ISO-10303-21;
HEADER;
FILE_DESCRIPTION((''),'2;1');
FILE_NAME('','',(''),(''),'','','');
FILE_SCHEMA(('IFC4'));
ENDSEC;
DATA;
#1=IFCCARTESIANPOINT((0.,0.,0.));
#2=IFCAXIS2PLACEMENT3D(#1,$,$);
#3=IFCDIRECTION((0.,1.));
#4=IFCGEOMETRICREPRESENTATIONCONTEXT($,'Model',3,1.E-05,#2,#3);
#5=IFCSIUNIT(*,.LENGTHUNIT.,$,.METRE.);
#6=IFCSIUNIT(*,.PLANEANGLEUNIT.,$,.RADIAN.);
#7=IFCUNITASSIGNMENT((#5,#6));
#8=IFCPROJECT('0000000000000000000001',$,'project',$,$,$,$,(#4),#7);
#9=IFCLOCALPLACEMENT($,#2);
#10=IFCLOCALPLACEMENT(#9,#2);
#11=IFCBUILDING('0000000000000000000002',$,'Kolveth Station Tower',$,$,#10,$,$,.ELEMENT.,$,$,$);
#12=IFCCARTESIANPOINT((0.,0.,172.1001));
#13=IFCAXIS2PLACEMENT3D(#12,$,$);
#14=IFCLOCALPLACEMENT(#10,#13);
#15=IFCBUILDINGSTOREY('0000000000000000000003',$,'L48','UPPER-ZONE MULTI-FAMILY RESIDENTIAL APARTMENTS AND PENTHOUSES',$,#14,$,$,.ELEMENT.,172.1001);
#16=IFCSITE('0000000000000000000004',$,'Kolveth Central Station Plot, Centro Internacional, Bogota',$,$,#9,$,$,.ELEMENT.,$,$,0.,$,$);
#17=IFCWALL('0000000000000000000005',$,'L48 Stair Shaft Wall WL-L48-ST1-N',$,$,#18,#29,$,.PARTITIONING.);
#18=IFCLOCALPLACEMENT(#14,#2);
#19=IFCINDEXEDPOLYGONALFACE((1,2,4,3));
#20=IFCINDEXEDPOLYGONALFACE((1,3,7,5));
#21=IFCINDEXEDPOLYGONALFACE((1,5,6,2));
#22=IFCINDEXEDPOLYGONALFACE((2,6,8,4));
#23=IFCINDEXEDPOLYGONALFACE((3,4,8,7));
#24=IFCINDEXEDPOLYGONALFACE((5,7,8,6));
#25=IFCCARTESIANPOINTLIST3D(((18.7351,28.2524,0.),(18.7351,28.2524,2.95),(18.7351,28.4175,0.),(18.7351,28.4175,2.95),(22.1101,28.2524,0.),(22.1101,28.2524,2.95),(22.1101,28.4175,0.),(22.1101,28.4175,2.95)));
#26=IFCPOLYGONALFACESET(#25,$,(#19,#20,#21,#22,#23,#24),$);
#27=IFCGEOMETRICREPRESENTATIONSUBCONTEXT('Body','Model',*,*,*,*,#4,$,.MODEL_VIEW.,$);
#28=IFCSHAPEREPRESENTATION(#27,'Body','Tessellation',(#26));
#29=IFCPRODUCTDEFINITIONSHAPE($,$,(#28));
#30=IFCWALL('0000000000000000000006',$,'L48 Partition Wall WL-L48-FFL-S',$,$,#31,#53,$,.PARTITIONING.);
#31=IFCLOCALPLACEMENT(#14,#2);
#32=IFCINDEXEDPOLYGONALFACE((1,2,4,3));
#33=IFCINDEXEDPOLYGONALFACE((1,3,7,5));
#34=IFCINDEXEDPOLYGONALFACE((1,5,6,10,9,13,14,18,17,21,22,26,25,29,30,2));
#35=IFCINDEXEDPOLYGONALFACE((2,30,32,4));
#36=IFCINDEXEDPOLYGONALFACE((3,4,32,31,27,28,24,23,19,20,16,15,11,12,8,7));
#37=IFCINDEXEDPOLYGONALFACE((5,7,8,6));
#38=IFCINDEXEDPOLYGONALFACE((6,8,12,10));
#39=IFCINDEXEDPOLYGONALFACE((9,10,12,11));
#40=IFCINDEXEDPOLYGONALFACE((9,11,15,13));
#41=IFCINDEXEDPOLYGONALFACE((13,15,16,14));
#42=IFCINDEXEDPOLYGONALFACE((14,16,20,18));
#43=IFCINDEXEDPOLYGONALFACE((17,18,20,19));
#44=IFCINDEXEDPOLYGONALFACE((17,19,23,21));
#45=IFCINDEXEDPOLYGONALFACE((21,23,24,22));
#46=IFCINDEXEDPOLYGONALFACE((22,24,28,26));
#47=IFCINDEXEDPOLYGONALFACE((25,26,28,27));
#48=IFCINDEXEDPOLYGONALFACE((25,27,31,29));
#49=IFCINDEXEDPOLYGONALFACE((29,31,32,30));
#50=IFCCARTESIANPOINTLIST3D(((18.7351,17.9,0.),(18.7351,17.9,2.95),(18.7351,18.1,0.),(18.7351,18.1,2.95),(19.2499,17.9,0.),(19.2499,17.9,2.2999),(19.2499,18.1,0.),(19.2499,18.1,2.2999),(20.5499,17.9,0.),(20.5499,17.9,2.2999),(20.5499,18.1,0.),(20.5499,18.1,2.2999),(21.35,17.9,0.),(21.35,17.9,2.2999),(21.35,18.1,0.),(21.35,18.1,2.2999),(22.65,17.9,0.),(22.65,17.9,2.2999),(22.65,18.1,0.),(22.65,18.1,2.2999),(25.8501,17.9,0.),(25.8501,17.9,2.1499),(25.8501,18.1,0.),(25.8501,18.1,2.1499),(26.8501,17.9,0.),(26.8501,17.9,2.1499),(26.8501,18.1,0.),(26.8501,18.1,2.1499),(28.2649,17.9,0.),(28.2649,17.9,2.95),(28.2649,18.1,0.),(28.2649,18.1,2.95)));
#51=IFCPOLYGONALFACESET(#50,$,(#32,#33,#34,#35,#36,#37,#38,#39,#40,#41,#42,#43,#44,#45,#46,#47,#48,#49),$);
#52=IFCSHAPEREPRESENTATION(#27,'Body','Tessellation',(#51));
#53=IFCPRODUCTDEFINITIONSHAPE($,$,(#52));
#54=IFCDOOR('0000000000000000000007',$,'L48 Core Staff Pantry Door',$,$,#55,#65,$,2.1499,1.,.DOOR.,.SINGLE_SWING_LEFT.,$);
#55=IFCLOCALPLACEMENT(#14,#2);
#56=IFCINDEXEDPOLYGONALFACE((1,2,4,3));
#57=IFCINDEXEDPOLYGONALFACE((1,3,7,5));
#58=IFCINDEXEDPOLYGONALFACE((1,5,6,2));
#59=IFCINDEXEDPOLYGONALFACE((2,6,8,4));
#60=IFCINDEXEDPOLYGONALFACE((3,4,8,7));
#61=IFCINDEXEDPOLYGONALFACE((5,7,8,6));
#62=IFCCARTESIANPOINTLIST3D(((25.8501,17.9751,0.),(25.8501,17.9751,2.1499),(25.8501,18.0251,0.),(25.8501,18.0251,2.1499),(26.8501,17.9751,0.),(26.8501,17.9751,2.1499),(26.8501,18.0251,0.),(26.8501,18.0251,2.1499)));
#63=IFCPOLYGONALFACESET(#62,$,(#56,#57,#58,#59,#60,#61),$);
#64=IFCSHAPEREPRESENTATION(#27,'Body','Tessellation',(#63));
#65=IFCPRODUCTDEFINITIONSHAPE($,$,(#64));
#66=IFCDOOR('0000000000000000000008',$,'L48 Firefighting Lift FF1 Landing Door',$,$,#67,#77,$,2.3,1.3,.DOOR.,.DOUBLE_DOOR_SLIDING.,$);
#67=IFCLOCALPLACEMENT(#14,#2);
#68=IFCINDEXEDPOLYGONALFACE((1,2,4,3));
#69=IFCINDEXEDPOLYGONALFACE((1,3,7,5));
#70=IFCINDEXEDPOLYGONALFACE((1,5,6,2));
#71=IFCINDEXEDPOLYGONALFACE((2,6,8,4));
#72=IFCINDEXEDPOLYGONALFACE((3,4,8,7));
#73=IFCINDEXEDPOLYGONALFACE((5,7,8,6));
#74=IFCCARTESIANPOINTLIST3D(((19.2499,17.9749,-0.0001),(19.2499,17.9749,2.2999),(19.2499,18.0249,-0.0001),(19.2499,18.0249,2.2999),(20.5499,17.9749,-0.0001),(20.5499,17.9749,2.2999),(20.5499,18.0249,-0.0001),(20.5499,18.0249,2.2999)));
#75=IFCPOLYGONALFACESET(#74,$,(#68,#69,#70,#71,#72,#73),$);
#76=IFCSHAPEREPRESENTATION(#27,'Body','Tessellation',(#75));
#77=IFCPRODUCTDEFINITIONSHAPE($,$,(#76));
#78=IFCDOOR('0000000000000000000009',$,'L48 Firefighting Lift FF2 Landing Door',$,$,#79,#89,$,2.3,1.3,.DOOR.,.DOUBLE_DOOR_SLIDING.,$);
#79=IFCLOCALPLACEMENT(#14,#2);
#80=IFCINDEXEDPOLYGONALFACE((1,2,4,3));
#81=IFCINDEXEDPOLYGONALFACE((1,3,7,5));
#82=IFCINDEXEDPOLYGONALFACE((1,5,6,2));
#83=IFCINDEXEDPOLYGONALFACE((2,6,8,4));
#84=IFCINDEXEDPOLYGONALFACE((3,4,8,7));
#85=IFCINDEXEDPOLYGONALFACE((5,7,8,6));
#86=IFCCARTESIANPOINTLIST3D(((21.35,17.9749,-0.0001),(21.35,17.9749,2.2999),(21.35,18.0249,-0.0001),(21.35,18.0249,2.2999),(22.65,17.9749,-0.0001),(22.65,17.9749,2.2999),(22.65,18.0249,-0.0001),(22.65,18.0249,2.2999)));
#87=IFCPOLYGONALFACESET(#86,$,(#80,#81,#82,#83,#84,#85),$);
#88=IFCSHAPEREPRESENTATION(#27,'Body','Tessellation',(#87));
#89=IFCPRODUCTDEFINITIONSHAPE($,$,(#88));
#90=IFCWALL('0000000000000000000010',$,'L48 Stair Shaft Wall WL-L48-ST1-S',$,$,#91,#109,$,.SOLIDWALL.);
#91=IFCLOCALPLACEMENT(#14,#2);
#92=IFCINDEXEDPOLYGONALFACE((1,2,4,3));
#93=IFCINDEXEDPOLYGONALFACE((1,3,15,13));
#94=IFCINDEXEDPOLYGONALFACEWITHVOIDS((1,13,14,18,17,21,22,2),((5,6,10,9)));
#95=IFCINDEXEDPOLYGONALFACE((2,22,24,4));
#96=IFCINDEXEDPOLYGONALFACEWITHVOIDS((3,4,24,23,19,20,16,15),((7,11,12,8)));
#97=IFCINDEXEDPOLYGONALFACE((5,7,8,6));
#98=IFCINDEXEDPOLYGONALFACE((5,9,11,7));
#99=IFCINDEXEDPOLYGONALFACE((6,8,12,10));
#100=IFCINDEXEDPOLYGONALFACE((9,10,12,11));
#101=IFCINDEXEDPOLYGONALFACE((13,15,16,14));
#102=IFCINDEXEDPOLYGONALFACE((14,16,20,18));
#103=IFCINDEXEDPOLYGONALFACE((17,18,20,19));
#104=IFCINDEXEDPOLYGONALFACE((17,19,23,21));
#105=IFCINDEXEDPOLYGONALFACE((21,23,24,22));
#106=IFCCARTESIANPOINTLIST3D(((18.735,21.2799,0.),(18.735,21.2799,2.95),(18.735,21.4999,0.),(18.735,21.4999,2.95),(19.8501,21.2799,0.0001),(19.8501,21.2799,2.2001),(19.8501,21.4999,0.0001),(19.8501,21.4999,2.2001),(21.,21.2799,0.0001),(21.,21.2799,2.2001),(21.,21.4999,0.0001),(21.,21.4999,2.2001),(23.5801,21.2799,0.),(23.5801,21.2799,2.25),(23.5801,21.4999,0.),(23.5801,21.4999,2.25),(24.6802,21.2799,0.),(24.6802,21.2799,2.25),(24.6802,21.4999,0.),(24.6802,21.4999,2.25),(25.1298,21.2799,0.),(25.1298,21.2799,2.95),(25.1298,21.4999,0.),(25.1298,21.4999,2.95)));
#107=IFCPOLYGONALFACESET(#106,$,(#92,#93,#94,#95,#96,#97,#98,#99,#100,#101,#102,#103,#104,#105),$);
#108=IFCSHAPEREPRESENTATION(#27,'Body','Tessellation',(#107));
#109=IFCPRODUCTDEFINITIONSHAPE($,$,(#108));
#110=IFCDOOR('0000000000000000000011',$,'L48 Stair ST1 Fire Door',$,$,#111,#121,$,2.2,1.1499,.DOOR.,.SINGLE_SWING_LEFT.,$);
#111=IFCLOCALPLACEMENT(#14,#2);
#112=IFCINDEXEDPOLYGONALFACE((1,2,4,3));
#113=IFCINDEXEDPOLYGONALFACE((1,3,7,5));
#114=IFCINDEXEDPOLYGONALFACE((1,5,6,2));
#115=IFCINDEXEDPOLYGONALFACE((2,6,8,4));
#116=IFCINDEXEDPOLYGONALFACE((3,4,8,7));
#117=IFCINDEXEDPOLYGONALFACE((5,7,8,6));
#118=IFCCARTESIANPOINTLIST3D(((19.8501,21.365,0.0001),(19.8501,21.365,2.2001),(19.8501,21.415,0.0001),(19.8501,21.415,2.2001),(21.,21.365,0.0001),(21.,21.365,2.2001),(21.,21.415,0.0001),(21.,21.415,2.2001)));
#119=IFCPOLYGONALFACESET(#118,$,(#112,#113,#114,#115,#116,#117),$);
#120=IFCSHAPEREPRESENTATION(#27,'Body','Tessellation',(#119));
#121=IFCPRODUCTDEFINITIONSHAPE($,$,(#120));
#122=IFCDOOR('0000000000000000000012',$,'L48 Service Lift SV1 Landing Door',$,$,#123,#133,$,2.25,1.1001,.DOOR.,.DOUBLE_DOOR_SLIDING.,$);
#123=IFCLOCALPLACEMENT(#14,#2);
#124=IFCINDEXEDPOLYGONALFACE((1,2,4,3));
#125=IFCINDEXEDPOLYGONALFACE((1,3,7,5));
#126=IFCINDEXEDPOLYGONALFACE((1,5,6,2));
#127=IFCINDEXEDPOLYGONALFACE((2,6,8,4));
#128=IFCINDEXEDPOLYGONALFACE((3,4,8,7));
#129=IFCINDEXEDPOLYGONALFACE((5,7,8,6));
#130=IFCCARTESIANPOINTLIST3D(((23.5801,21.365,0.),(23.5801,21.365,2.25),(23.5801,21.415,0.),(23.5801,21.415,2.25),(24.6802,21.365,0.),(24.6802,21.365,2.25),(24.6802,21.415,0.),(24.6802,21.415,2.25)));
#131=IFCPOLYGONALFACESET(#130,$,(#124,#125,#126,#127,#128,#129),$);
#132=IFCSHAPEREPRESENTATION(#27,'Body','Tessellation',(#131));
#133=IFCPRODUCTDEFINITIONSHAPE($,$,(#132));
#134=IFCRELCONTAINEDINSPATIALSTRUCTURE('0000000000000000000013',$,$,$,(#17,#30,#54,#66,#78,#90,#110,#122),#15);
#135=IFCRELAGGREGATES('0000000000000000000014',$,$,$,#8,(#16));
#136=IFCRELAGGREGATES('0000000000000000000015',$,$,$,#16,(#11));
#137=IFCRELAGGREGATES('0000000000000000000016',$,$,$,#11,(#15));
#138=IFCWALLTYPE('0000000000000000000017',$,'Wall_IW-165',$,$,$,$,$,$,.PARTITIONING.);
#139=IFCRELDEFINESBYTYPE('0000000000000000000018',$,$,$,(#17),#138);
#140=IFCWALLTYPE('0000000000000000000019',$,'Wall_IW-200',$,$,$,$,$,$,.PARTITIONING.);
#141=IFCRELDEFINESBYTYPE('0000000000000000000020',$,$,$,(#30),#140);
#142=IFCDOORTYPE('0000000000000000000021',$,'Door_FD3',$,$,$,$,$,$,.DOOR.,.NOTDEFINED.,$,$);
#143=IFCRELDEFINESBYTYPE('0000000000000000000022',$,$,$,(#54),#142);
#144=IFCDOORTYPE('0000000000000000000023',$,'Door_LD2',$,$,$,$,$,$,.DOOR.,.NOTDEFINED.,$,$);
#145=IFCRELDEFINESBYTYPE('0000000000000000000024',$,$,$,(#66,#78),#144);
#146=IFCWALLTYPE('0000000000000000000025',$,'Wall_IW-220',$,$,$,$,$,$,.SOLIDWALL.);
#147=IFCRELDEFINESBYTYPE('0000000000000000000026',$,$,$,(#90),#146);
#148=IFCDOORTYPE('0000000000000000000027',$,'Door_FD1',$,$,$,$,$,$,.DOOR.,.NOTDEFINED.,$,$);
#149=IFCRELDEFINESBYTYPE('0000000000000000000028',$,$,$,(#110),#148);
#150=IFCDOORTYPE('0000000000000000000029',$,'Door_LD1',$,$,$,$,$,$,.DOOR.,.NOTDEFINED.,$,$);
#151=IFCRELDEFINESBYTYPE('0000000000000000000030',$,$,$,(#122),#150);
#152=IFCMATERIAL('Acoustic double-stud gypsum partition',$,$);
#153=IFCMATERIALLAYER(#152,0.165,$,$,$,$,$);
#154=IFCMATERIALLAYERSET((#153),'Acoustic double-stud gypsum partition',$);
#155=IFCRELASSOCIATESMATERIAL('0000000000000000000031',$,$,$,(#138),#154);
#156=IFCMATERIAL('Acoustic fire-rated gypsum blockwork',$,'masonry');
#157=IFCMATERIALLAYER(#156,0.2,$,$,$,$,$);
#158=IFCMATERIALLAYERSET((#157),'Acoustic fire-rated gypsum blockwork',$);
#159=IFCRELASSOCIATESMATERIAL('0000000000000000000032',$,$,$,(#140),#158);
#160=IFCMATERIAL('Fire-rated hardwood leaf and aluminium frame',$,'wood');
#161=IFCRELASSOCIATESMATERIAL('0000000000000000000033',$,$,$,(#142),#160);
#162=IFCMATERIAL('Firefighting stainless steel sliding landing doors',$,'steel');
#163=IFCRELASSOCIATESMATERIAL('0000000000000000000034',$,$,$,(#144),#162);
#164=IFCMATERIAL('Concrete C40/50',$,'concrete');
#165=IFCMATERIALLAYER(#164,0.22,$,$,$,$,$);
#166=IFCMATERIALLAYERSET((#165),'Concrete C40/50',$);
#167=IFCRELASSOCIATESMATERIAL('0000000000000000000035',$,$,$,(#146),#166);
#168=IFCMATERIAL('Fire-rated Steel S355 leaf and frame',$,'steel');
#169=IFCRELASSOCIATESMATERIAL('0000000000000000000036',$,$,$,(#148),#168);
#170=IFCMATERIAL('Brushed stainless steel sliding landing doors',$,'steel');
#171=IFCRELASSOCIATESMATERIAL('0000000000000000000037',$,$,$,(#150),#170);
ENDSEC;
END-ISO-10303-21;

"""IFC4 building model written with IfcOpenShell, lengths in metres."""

from ifc_helpers import new_model, si_unit, direction, frame, frame_2d, origin, place, context, subcontext, project, spatial, rectangle, extrude, material, layer, layer_set, type_object, element, fill, save


model = new_model("IFC4")

# Units and contexts
model_context = context("Model", 3, precision=1e-05, world=origin(), true_north=direction((0.0, 1.0)))
body_context = subcontext(model_context, "Body", "Model", "MODEL_VIEW")
ifc_project = project(units=[si_unit("LENGTHUNIT", "METRE"), si_unit("PLANEANGLEUNIT", "RADIAN")], contexts=[model_context])

# Site, building, storey
site_placement = place(None, origin())
site = spatial("IfcSite", under=ifc_project, at=site_placement, Name="Kolveth Central Station Plot, Centro Internacional, Bogota", CompositionType="ELEMENT", RefElevation=0.0)
building_placement = place(site_placement, origin())
building = spatial("IfcBuilding", under=site, at=building_placement, Name="Kolveth Station Tower", CompositionType="ELEMENT")
storey_placement = place(building_placement, frame((0.0, 0.0, 172.1001)))
storey = spatial("IfcBuildingStorey", under=building, at=storey_placement, Name="L48", Description="UPPER-ZONE MULTI-FAMILY RESIDENTIAL APARTMENTS AND PENTHOUSES", CompositionType="ELEMENT", Elevation=172.1001)

# Wall
ifc_material_1 = material(Name="Acoustic double-stud gypsum partition")
ifc_layer_1 = layer(ifc_material_1, 0.165)
ifc_layer_set_1 = layer_set([ifc_layer_1], Name="Acoustic double-stud gypsum partition")
wall_type_1 = type_object("IfcWallType", Name="Wall_IW-165", PredefinedType="PARTITIONING", material=ifc_layer_set_1)
wall_1_placement = place(storey_placement, frame((18.7351, 28.335, 0.0), z_axis=(0.0, 0.0, 1.0), x_axis=(1.0, 0.0, 0.0)))
element("IfcWall", 1, at=wall_1_placement, inside=storey, type_object=wall_type_1, Name="L48 Stair Shaft Wall WL-L48-ST1-N", PredefinedType="PARTITIONING", context=body_context, shape_type="SweptSolid", body=[
    extrude(rectangle(XDim=3.375, YDim=0.165, at=frame_2d((1.6875, 0.0))), origin(), (0.0, 0.0, 1.0), 2.95),
])

# Walls, openings, doors
ifc_material_2 = material(Name="Acoustic fire-rated gypsum blockwork", Category="masonry")
ifc_layer_2 = layer(ifc_material_2, 0.2)
ifc_layer_set_2 = layer_set([ifc_layer_2], Name="Acoustic fire-rated gypsum blockwork")
wall_type_2 = type_object("IfcWallType", Name="Wall_IW-200", PredefinedType="PARTITIONING", material=ifc_layer_set_2)
wall_2_placement = place(storey_placement, frame((18.7351, 18.0, 0.0), z_axis=(0.0, 0.0, 1.0), x_axis=(1.0, 0.0, 0.0)))
wall_2 = element("IfcWall", 2, at=wall_2_placement, inside=storey, type_object=wall_type_2, Name="L48 Partition Wall WL-L48-FFL-S", PredefinedType="PARTITIONING", context=body_context, shape_type="SweptSolid", body=[
    extrude(rectangle(XDim=9.5298, YDim=0.2, at=frame_2d((4.7649, 0.0))), origin(), (0.0, 0.0, 1.0), 2.95),
])
opening_1_placement = place(wall_2_placement, frame((0.5149, 0.0, 0.0)))
opening_1 = element("IfcOpeningElement", 3, at=opening_1_placement, cuts=wall_2, PredefinedType="OPENING", context=body_context, shape_type="SweptSolid", body=[
    extrude(rectangle(XDim=1.3, YDim=2.3, at=frame_2d((0.6499, 1.1499))), frame((0.0, 0.1099, 0.0), z_axis=(0.0, -1.0, 0.0), x_axis=(1.0, 0.0, 0.0)), (0.0, 0.0, 1.0), 0.22),
])
opening_2_placement = place(wall_2_placement, frame((2.615, 0.0, 0.0)))
opening_2 = element("IfcOpeningElement", 4, at=opening_2_placement, cuts=wall_2, PredefinedType="OPENING", context=body_context, shape_type="SweptSolid", body=[
    extrude(rectangle(XDim=1.3, YDim=2.3, at=frame_2d((0.6499, 1.1499))), frame((0.0, 0.1099, 0.0), z_axis=(0.0, -1.0, 0.0), x_axis=(1.0, 0.0, 0.0)), (0.0, 0.0, 1.0), 0.22),
])
opening_3_placement = place(wall_2_placement, frame((7.115, 0.0, 0.0)))
opening_3 = element("IfcOpeningElement", 5, at=opening_3_placement, cuts=wall_2, PredefinedType="OPENING", context=body_context, shape_type="SweptSolid", body=[
    extrude(rectangle(XDim=1.0, YDim=2.1499, at=frame_2d((0.5, 1.075))), frame((0.0, 0.1099, 0.0), z_axis=(0.0, -1.0, 0.0), x_axis=(1.0, 0.0, 0.0)), (0.0, 0.0, 1.0), 0.22),
])
ifc_material_3 = material(Name="Fire-rated hardwood leaf and aluminium frame", Category="wood")
door_type_1 = type_object("IfcDoorType", Name="Door_FD3", OperationType="NOTDEFINED", PredefinedType="DOOR", material=ifc_material_3)
door_1_placement = place(opening_3_placement, frame((1.0, 0.0, 0.0), z_axis=(0.0, 0.0, 1.0), x_axis=(-1.0, 0.0, 0.0)))
door_1 = element("IfcDoor", 6, at=door_1_placement, inside=storey, type_object=door_type_1, Name="L48 Core Staff Pantry Door", OperationType="SINGLE_SWING_LEFT", OverallHeight=2.1499, OverallWidth=1.0, PredefinedType="DOOR", context=body_context, shape_type="SweptSolid", body=[
    extrude(rectangle(XDim=1.0, YDim=2.1499, at=frame_2d((0.5, 1.075))), frame((0.0, 0.0249, 0.0), z_axis=(0.0, -1.0, 0.0), x_axis=(1.0, 0.0, 0.0)), (0.0, 0.0, 1.0), 0.05),
])
fill(opening_3, door_1)
ifc_material_4 = material(Name="Firefighting stainless steel sliding landing doors", Category="steel")
door_type_2 = type_object("IfcDoorType", Name="Door_LD2", OperationType="NOTDEFINED", PredefinedType="DOOR", material=ifc_material_4)
door_2_placement = place(opening_1_placement, origin())
door_2 = element("IfcDoor", 7, at=door_2_placement, inside=storey, type_object=door_type_2, Name="L48 Firefighting Lift FF1 Landing Door", OperationType="DOUBLE_DOOR_SLIDING", OverallHeight=2.3, OverallWidth=1.3, PredefinedType="DOOR", context=body_context, shape_type="SweptSolid", body=[
    extrude(rectangle(XDim=1.3, YDim=2.3, at=frame_2d((0.6499, 1.1499))), frame((0.0, 0.0249, 0.0), z_axis=(0.0, -1.0, 0.0), x_axis=(1.0, 0.0, 0.0)), (0.0, 0.0, 1.0), 0.05),
])
fill(opening_1, door_2)
door_3_placement = place(opening_2_placement, origin())
door_3 = element("IfcDoor", 8, at=door_3_placement, inside=storey, type_object=door_type_2, Name="L48 Firefighting Lift FF2 Landing Door", OperationType="DOUBLE_DOOR_SLIDING", OverallHeight=2.3, OverallWidth=1.3, PredefinedType="DOOR", context=body_context, shape_type="SweptSolid", body=[
    extrude(rectangle(XDim=1.3, YDim=2.3, at=frame_2d((0.6499, 1.1499))), frame((0.0, 0.0249, 0.0), z_axis=(0.0, -1.0, 0.0), x_axis=(1.0, 0.0, 0.0)), (0.0, 0.0, 1.0), 0.05),
])
fill(opening_2, door_3)
ifc_material_5 = material(Name="Concrete C40/50", Category="concrete")
ifc_layer_3 = layer(ifc_material_5, 0.22)
ifc_layer_set_3 = layer_set([ifc_layer_3], Name="Concrete C40/50")
wall_type_3 = type_object("IfcWallType", Name="Wall_IW-220", PredefinedType="SOLIDWALL", material=ifc_layer_set_3)
wall_3_placement = place(storey_placement, frame((18.7351, 21.3899, 0.0), z_axis=(0.0, 0.0, 1.0), x_axis=(1.0, 0.0, 0.0)))
wall_3 = element("IfcWall", 9, at=wall_3_placement, inside=storey, type_object=wall_type_3, Name="L48 Stair Shaft Wall WL-L48-ST1-S", PredefinedType="SOLIDWALL", context=body_context, shape_type="SweptSolid", body=[
    extrude(rectangle(XDim=6.3948, YDim=0.22, at=frame_2d((3.1973, 0.0))), origin(), (0.0, 0.0, 1.0), 2.95),
])
opening_4_placement = place(wall_3_placement, frame((1.115, 0.0, 0.0)))
opening_4 = element("IfcOpeningElement", 10, at=opening_4_placement, cuts=wall_3, PredefinedType="OPENING", context=body_context, shape_type="SweptSolid", body=[
    extrude(rectangle(XDim=1.1499, YDim=2.2, at=frame_2d((0.575, 1.1001))), frame((0.0, 0.1199, 0.0), z_axis=(0.0, -1.0, 0.0), x_axis=(1.0, 0.0, 0.0)), (0.0, 0.0, 1.0), 0.24),
])
opening_5_placement = place(wall_3_placement, frame((4.845, 0.0, 0.0)))
opening_5 = element("IfcOpeningElement", 11, at=opening_5_placement, cuts=wall_3, PredefinedType="OPENING", context=body_context, shape_type="SweptSolid", body=[
    extrude(rectangle(XDim=1.1001, YDim=2.25, at=frame_2d((0.55, 1.125))), frame((0.0, 0.1199, 0.0), z_axis=(0.0, -1.0, 0.0), x_axis=(1.0, 0.0, 0.0)), (0.0, 0.0, 1.0), 0.24),
])
ifc_material_6 = material(Name="Fire-rated Steel S355 leaf and frame", Category="steel")
door_type_3 = type_object("IfcDoorType", Name="Door_FD1", OperationType="NOTDEFINED", PredefinedType="DOOR", material=ifc_material_6)
door_4_placement = place(opening_4_placement, frame((1.1499, 0.0, 0.0), z_axis=(0.0, 0.0, 1.0), x_axis=(-1.0, 0.0, 0.0)))
door_4 = element("IfcDoor", 12, at=door_4_placement, inside=storey, type_object=door_type_3, Name="L48 Stair ST1 Fire Door", OperationType="SINGLE_SWING_LEFT", OverallHeight=2.2, OverallWidth=1.1499, PredefinedType="DOOR", context=body_context, shape_type="SweptSolid", body=[
    extrude(rectangle(XDim=1.1499, YDim=2.2, at=frame_2d((0.575, 1.1001))), frame((0.0, 0.0249, 0.0), z_axis=(0.0, -1.0, 0.0), x_axis=(1.0, 0.0, 0.0)), (0.0, 0.0, 1.0), 0.05),
])
fill(opening_4, door_4)
ifc_material_7 = material(Name="Brushed stainless steel sliding landing doors", Category="steel")
door_type_4 = type_object("IfcDoorType", Name="Door_LD1", OperationType="NOTDEFINED", PredefinedType="DOOR", material=ifc_material_7)
door_5_placement = place(opening_5_placement, frame((1.1001, 0.0, 0.0), z_axis=(0.0, 0.0, 1.0), x_axis=(-1.0, 0.0, 0.0)))
door_5 = element("IfcDoor", 13, at=door_5_placement, inside=storey, type_object=door_type_4, Name="L48 Service Lift SV1 Landing Door", OperationType="DOUBLE_DOOR_SLIDING", OverallHeight=2.25, OverallWidth=1.1001, PredefinedType="DOOR", context=body_context, shape_type="SweptSolid", body=[
    extrude(rectangle(XDim=1.1001, YDim=2.25, at=frame_2d((0.55, 1.125))), frame((0.0, 0.0249, 0.0), z_axis=(0.0, -1.0, 0.0), x_axis=(1.0, 0.0, 0.0)), (0.0, 0.0, 1.0), 0.05),
])
fill(opening_5, door_5)

save(model, "model.ifc")
